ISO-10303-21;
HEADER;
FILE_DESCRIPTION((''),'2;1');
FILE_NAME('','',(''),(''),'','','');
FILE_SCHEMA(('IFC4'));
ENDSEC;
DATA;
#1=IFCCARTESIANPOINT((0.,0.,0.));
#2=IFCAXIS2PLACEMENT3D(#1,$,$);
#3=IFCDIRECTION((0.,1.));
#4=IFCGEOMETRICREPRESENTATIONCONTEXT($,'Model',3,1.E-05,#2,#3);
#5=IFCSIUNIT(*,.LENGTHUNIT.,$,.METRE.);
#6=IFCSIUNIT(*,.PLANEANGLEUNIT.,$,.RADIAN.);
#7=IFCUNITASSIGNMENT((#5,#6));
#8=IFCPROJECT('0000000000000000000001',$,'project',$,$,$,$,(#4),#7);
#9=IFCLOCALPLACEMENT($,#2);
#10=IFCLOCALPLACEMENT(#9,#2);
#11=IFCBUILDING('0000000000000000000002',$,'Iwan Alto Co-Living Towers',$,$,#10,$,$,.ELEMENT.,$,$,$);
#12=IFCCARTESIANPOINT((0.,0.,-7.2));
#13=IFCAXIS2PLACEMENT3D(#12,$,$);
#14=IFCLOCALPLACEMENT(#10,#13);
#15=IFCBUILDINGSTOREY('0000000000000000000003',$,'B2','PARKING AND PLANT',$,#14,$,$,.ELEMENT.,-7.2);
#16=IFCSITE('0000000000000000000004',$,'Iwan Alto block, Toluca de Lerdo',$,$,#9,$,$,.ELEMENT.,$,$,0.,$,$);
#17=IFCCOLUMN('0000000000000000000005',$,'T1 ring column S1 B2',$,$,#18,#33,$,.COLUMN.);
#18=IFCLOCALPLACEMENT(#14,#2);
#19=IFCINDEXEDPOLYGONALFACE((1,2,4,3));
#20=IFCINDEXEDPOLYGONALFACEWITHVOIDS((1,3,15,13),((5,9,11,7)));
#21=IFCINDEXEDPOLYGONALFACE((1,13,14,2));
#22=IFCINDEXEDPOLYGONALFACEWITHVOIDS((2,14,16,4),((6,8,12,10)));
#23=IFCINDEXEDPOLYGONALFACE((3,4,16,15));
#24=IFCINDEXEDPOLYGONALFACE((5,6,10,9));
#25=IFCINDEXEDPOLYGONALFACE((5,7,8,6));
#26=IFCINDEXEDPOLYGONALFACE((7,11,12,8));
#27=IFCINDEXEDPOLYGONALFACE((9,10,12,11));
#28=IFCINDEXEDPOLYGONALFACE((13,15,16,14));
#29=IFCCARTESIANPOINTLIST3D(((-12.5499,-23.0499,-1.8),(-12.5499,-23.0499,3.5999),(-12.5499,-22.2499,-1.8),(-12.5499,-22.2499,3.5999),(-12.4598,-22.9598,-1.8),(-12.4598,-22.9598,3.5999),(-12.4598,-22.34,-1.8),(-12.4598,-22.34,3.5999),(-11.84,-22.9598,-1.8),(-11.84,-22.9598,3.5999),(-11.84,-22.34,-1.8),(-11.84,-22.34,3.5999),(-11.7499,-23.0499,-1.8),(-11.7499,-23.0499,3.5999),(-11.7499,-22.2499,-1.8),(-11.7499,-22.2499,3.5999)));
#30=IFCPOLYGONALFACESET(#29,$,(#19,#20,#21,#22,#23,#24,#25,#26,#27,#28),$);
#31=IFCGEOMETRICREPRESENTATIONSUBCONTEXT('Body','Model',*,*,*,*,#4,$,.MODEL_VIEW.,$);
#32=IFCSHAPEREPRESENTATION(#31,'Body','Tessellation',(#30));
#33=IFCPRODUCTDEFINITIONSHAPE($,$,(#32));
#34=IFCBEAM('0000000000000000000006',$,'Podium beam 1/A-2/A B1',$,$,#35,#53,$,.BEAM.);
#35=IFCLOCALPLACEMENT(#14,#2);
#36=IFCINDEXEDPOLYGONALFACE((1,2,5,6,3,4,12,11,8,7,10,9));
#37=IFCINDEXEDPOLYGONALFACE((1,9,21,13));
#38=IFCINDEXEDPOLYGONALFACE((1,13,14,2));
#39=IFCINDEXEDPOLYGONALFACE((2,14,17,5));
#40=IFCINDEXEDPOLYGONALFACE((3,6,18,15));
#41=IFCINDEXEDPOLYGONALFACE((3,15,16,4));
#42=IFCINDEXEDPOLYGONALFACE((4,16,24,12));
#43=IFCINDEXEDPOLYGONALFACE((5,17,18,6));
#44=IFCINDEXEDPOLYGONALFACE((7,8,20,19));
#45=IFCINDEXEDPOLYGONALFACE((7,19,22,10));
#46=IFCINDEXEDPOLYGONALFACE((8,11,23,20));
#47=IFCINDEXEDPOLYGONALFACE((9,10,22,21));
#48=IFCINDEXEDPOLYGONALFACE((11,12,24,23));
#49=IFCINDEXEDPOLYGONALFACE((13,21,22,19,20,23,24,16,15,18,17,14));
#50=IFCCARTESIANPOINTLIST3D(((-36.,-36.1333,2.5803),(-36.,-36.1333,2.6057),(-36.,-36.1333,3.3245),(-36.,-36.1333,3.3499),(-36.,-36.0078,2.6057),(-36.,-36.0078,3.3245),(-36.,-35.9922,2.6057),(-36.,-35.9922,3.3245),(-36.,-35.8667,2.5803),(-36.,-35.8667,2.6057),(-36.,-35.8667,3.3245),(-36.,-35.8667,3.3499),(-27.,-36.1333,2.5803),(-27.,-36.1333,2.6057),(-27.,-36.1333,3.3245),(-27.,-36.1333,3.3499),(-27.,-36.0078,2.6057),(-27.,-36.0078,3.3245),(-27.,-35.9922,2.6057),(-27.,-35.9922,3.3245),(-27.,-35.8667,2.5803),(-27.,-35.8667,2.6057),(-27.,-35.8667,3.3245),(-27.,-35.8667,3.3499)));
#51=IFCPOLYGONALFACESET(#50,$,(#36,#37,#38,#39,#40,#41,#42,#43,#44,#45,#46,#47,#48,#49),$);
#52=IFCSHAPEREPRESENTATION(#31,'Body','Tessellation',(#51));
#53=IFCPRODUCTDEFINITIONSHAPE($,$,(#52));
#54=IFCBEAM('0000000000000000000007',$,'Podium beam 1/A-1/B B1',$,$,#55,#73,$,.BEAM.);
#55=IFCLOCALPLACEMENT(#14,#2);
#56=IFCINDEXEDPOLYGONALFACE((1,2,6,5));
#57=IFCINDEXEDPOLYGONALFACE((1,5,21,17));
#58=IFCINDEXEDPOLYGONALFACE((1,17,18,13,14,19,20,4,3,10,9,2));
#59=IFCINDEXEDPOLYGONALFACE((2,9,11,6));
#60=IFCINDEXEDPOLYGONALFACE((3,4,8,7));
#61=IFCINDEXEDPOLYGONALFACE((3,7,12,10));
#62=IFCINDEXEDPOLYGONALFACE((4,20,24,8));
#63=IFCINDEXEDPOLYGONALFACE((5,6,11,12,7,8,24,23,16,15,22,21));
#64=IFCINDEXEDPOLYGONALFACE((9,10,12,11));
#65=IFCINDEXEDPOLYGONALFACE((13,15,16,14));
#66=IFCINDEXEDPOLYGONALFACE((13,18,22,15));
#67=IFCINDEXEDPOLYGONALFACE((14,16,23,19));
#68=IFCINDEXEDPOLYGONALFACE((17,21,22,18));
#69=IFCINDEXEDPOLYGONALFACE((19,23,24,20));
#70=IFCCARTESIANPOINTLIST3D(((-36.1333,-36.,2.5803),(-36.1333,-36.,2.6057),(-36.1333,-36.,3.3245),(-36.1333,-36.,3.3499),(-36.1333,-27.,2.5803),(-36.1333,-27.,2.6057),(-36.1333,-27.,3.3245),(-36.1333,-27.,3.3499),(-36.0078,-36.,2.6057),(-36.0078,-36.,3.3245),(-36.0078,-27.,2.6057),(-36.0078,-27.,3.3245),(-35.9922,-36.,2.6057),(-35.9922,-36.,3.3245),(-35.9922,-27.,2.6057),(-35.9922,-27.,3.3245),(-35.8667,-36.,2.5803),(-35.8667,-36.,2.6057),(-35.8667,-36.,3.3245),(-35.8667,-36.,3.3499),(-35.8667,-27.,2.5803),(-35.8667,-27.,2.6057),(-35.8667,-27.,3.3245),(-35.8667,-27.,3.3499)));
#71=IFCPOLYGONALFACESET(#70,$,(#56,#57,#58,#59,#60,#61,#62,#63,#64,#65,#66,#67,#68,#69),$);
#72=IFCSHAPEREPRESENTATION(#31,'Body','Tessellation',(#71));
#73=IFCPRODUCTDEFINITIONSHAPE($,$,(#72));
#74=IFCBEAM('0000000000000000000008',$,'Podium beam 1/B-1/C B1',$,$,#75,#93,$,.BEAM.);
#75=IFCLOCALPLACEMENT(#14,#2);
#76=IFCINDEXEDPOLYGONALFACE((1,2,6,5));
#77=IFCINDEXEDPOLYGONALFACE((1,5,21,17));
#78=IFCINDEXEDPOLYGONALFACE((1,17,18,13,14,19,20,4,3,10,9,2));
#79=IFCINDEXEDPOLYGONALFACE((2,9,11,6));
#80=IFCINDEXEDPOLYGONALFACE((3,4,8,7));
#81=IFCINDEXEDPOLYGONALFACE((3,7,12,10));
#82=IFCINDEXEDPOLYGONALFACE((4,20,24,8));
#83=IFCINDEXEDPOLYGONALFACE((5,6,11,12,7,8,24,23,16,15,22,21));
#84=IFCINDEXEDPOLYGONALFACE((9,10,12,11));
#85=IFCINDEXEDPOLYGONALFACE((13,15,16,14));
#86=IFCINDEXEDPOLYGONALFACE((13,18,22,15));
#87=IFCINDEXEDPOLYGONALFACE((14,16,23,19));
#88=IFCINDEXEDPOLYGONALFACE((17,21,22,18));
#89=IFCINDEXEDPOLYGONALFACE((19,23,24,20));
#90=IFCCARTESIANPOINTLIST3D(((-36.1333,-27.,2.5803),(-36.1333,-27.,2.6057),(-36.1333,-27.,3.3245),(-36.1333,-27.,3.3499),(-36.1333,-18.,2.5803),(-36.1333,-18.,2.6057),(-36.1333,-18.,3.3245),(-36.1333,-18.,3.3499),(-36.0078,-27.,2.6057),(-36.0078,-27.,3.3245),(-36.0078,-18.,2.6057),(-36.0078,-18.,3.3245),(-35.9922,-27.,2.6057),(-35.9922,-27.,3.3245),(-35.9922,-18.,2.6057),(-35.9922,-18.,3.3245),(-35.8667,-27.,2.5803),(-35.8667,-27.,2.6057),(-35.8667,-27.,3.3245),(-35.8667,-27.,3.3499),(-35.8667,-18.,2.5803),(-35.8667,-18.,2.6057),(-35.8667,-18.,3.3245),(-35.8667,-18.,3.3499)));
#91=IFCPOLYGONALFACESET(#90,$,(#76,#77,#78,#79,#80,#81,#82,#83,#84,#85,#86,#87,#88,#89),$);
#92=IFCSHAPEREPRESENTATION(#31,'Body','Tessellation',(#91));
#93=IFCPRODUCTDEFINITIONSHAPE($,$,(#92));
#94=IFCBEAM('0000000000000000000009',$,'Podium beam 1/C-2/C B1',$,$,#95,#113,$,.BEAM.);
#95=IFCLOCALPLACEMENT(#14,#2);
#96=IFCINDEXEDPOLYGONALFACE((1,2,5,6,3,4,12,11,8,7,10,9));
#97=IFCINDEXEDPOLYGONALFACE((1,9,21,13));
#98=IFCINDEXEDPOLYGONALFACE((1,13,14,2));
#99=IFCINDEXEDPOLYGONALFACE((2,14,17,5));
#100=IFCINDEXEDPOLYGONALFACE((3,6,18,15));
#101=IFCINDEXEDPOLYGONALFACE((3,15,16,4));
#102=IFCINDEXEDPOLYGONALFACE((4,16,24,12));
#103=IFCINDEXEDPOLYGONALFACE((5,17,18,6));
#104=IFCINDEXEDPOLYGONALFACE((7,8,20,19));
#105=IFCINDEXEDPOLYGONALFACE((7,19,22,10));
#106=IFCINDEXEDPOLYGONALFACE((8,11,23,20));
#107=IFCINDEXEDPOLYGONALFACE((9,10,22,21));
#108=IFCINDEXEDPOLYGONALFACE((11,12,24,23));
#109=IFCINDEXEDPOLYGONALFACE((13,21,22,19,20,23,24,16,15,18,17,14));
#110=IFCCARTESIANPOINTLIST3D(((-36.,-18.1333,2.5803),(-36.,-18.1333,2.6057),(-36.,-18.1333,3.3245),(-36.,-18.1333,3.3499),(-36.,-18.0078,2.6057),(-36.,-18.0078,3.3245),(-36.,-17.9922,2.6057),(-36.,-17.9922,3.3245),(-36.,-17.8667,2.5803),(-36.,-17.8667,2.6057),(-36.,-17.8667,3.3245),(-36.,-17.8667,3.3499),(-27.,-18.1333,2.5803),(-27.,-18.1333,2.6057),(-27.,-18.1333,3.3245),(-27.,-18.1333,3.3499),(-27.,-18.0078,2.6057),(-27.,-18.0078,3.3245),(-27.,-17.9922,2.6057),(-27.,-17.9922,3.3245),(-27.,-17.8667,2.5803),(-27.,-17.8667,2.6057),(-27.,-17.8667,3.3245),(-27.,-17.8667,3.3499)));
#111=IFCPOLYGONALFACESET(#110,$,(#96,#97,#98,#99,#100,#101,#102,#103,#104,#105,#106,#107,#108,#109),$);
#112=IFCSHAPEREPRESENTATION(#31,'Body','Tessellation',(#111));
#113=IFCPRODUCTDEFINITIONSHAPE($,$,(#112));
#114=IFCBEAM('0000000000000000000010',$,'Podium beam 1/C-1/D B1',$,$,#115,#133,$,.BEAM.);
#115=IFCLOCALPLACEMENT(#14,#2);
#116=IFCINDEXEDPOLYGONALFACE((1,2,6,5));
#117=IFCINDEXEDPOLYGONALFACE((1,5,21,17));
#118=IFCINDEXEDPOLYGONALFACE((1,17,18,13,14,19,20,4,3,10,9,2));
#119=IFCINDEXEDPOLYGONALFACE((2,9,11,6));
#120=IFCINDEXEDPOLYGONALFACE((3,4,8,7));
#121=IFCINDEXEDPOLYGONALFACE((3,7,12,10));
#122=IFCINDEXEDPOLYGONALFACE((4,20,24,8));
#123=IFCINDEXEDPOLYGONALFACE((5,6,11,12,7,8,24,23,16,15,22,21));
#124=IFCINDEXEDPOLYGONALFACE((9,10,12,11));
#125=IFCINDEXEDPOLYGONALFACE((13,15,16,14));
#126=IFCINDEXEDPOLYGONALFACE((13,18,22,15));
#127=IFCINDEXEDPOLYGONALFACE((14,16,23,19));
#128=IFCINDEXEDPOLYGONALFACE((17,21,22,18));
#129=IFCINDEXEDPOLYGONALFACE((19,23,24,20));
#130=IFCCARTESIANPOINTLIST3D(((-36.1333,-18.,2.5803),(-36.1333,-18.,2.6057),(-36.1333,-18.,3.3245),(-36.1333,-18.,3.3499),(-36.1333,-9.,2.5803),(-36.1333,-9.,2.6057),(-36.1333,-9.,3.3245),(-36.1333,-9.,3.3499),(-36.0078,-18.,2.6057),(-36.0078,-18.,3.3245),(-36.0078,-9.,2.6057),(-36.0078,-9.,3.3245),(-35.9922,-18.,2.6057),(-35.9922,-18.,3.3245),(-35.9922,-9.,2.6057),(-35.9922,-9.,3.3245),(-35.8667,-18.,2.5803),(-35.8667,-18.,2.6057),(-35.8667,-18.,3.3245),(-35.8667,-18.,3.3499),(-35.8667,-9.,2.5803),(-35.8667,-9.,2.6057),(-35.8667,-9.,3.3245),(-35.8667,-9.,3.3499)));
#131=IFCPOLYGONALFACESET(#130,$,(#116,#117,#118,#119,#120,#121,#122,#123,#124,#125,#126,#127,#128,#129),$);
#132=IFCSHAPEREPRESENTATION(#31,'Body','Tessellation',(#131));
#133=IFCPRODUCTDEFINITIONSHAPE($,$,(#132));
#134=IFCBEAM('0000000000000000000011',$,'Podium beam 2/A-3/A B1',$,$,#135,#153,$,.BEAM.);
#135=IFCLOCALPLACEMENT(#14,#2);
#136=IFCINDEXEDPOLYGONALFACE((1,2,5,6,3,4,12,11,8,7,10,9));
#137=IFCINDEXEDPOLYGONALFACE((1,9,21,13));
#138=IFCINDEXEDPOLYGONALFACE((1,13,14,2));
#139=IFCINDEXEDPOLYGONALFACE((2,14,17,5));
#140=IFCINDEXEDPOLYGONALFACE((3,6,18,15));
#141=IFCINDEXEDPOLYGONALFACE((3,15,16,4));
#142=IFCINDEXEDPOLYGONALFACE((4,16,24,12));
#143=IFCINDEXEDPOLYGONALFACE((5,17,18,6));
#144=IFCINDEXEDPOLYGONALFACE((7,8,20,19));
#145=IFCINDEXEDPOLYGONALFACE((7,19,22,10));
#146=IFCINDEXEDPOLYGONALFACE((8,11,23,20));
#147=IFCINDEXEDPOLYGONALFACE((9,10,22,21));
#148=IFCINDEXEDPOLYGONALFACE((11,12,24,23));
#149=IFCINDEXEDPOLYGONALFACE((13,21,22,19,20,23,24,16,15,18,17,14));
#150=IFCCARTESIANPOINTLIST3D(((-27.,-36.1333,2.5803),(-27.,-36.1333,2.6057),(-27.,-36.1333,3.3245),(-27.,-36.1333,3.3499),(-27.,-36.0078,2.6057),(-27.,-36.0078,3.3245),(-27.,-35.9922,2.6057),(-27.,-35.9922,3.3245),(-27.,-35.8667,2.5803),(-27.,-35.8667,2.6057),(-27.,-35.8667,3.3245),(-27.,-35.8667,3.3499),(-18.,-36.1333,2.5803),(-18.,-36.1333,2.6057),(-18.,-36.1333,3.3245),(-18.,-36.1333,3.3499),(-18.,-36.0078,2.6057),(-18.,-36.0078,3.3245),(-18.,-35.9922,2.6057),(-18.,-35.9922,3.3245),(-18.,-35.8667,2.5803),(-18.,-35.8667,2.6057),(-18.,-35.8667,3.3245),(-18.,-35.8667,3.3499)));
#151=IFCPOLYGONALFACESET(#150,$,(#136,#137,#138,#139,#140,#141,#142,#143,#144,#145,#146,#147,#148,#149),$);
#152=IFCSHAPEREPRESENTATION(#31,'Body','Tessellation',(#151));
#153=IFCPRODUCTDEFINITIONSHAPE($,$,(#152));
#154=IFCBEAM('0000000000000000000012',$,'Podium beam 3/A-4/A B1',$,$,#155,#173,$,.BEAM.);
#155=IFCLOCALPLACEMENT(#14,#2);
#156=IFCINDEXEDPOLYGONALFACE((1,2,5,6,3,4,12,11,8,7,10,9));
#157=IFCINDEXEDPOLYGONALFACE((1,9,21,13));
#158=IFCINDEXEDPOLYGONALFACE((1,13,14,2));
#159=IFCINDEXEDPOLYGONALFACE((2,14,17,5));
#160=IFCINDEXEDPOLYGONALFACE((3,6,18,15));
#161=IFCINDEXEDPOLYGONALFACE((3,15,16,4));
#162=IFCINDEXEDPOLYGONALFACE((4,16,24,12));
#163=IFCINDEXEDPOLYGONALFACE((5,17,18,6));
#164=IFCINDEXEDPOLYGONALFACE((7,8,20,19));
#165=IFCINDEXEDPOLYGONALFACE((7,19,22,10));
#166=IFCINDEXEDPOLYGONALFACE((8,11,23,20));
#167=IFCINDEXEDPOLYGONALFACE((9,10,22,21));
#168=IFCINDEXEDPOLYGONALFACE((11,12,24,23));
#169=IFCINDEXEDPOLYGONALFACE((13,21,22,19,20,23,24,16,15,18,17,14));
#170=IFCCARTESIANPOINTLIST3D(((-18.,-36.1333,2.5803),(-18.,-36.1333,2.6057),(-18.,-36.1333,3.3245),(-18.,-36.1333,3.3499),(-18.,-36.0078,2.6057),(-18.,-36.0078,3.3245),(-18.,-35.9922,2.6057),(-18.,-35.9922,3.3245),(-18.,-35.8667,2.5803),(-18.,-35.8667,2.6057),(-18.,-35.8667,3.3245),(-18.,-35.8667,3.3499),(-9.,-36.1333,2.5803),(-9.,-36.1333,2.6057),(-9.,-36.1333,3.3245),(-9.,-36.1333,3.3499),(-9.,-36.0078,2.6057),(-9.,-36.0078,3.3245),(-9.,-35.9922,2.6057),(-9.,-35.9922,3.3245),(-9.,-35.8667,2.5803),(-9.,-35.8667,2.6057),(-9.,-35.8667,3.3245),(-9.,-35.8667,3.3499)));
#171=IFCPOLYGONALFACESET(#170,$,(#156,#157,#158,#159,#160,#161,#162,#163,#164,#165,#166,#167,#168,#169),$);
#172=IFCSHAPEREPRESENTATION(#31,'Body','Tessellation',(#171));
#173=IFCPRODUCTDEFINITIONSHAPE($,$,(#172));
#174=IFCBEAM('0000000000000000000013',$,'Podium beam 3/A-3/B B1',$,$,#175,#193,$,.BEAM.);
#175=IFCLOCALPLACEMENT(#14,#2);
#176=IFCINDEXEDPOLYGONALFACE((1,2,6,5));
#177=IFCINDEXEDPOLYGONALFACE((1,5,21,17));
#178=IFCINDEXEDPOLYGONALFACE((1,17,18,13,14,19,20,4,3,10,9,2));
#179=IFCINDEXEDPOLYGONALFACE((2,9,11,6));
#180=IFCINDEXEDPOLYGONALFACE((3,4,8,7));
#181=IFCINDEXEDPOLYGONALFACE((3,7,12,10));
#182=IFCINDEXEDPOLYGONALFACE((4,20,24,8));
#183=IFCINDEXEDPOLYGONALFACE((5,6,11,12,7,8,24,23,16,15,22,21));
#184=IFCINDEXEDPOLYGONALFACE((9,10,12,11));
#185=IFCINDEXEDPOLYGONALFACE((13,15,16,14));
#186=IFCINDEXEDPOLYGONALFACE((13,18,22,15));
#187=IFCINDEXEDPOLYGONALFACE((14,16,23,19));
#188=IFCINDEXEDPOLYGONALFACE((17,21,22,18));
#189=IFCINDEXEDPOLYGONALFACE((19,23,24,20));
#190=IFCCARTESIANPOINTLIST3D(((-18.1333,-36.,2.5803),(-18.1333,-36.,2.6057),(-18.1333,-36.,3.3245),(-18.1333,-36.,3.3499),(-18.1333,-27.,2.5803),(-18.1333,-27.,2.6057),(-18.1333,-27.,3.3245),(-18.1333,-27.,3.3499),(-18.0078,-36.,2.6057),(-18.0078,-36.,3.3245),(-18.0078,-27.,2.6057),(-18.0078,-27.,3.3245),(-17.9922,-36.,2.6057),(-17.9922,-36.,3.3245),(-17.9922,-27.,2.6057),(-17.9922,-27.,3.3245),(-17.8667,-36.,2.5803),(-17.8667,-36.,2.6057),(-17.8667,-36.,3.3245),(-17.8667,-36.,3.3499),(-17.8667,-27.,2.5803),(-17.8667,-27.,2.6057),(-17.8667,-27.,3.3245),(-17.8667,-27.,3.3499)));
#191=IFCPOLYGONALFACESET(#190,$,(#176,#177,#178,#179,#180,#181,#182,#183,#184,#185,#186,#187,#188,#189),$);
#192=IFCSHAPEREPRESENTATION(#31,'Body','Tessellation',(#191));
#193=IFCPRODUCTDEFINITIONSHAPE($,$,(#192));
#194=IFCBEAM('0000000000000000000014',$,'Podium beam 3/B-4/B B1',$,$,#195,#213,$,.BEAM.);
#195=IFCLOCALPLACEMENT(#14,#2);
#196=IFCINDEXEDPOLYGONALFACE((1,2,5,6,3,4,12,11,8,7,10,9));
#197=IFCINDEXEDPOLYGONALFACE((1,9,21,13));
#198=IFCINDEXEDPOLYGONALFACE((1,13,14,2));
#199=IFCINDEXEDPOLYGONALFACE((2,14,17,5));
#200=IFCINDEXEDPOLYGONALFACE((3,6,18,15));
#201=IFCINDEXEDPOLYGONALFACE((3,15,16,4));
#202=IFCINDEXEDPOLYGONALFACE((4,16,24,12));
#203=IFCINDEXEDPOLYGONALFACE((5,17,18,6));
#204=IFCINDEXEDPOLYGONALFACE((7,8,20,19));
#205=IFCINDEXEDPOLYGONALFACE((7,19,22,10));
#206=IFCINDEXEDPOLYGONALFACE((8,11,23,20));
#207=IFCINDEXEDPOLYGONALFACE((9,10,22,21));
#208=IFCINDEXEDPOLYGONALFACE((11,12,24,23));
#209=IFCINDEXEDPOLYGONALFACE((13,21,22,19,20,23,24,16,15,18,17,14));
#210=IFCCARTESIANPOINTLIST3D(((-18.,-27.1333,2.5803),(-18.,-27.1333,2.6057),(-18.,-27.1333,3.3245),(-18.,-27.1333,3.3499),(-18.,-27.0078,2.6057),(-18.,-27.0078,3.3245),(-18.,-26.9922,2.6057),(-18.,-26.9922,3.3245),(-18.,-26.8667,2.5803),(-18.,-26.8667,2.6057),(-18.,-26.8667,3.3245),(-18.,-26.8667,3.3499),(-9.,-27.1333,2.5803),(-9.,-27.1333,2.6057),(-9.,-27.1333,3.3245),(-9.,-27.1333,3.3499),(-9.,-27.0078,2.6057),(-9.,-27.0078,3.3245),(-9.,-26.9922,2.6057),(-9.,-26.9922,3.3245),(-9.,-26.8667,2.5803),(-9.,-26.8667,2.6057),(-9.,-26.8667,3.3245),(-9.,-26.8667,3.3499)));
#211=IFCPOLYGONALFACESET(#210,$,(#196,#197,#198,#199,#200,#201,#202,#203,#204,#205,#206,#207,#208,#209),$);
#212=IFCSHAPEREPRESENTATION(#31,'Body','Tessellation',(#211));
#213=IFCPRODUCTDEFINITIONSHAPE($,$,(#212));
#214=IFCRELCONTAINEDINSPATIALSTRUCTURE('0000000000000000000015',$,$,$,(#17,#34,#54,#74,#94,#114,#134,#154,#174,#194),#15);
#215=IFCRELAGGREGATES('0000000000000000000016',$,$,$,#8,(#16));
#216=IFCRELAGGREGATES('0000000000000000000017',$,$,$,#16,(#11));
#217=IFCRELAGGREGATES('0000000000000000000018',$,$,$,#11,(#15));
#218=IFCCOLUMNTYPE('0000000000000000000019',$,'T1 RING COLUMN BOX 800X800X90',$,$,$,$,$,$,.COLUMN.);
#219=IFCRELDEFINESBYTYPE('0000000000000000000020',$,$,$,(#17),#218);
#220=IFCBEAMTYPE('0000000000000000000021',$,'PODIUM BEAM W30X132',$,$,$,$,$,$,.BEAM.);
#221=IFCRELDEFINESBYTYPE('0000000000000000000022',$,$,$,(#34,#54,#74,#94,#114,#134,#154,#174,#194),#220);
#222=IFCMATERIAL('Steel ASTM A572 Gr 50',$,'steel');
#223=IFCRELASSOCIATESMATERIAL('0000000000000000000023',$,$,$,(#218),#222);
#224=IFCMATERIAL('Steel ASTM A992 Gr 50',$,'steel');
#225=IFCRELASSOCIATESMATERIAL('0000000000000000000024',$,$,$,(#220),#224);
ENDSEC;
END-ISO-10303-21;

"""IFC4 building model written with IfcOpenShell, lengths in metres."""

from ifc_helpers import new_model, si_unit, direction, frame, origin, origin_2d, place, context, subcontext, project, spatial, hollow_rectangle, i_section, extrude, material, material_profile, profile_set, type_object, element, save


model = new_model("IFC4")

# Units and contexts
model_context = context("Model", 3, precision=1e-05, world=origin(), true_north=direction((0.0, 1.0)))
body_context = subcontext(model_context, "Body", "Model", "MODEL_VIEW")
ifc_project = project(units=[si_unit("LENGTHUNIT", "METRE"), si_unit("PLANEANGLEUNIT", "RADIAN")], contexts=[model_context])

# Site, building, storey
site_placement = place(None, origin())
site = spatial("IfcSite", under=ifc_project, at=site_placement, Name="Iwan Alto block, Toluca de Lerdo", CompositionType="ELEMENT", RefElevation=0.0)
building_placement = place(site_placement, origin())
building = spatial("IfcBuilding", under=site, at=building_placement, Name="Iwan Alto Co-Living Towers", CompositionType="ELEMENT")
storey_placement = place(building_placement, frame((0.0, 0.0, -7.2)))
storey = spatial("IfcBuildingStorey", under=building, at=storey_placement, Name="B2", Description="PARKING AND PLANT", CompositionType="ELEMENT", Elevation=-7.2)

# Column
ifc_material_1 = material(Name="Steel ASTM A572 Gr 50", Category="steel")
ifc_material_profile_1 = material_profile(ifc_material_1, hollow_rectangle(XDim=0.8, YDim=0.8, WallThickness=0.0901, at=origin_2d()), Name="BOX 800X800X90")
ifc_profile_set_1 = profile_set([ifc_material_profile_1], Name="Steel ASTM A572 Gr 50")
column_type_1 = type_object("IfcColumnType", Name="T1 RING COLUMN BOX 800X800X90", PredefinedType="COLUMN", material=ifc_profile_set_1)
for number, where, z_axis, x_axis, name in (
    (1, (-12.1499, -22.6499, -1.8), (0.0, 0.0, 1.0), (1.0, 0.0, 0.0), "T1 ring column S1 B2"),
):
    element("IfcColumn", number, at=place(storey_placement, frame(where, z_axis=z_axis, x_axis=x_axis)), inside=storey, type_object=column_type_1, Name=name, PredefinedType="COLUMN", context=body_context, shape_type="SweptSolid", body=[
        extrude(hollow_rectangle(XDim=0.8, YDim=0.8, WallThickness=0.0901, at=origin_2d()), origin(), (0.0, 0.0, 1.0), 5.3999),
    ])

# Beams
ifc_material_2 = material(Name="Steel ASTM A992 Gr 50", Category="steel")
ifc_material_profile_2 = material_profile(ifc_material_2, i_section(OverallWidth=0.2666, OverallDepth=0.7695, WebThickness=0.0156, FlangeThickness=0.0254, at=origin_2d()), Name="W30X132")
ifc_profile_set_2 = profile_set([ifc_material_profile_2], Name="Steel ASTM A992 Gr 50")
beam_type_1 = type_object("IfcBeamType", Name="PODIUM BEAM W30X132", PredefinedType="BEAM", material=ifc_profile_set_2)
for number, where, z_axis, x_axis, name in (
    (2, (-36.0, -36.0, 2.9651), (1.0, 0.0, 0.0), (0.0, 1.0, 0.0), "Podium beam 1/A-2/A B1"),
    (3, (-36.0, -36.0, 2.9651), (0.0, 1.0, 0.0), (-1.0, 0.0, 0.0), "Podium beam 1/A-1/B B1"),
    (4, (-36.0, -27.0, 2.9651), (0.0, 1.0, 0.0), (-1.0, 0.0, 0.0), "Podium beam 1/B-1/C B1"),
    (5, (-36.0, -18.0, 2.9651), (1.0, 0.0, 0.0), (0.0, 1.0, 0.0), "Podium beam 1/C-2/C B1"),
    (6, (-36.0, -18.0, 2.9651), (0.0, 1.0, 0.0), (-1.0, 0.0, 0.0), "Podium beam 1/C-1/D B1"),
    (7, (-27.0, -36.0, 2.9651), (1.0, 0.0, 0.0), (0.0, 1.0, 0.0), "Podium beam 2/A-3/A B1"),
    (8, (-18.0, -36.0, 2.9651), (1.0, 0.0, 0.0), (0.0, 1.0, 0.0), "Podium beam 3/A-4/A B1"),
    (9, (-18.0, -36.0, 2.9651), (0.0, 1.0, 0.0), (-1.0, 0.0, 0.0), "Podium beam 3/A-3/B B1"),
    (10, (-18.0, -27.0, 2.9651), (1.0, 0.0, 0.0), (0.0, 1.0, 0.0), "Podium beam 3/B-4/B B1"),
):
    element("IfcBeam", number, at=place(storey_placement, frame(where, z_axis=z_axis, x_axis=x_axis)), inside=storey, type_object=beam_type_1, Name=name, PredefinedType="BEAM", context=body_context, shape_type="SweptSolid", body=[
        extrude(i_section(OverallWidth=0.2666, OverallDepth=0.7695, WebThickness=0.0156, FlangeThickness=0.0254, at=origin_2d()), origin(), (0.0, 0.0, 1.0), 9.0),
    ])

save(model, "model.ifc")
